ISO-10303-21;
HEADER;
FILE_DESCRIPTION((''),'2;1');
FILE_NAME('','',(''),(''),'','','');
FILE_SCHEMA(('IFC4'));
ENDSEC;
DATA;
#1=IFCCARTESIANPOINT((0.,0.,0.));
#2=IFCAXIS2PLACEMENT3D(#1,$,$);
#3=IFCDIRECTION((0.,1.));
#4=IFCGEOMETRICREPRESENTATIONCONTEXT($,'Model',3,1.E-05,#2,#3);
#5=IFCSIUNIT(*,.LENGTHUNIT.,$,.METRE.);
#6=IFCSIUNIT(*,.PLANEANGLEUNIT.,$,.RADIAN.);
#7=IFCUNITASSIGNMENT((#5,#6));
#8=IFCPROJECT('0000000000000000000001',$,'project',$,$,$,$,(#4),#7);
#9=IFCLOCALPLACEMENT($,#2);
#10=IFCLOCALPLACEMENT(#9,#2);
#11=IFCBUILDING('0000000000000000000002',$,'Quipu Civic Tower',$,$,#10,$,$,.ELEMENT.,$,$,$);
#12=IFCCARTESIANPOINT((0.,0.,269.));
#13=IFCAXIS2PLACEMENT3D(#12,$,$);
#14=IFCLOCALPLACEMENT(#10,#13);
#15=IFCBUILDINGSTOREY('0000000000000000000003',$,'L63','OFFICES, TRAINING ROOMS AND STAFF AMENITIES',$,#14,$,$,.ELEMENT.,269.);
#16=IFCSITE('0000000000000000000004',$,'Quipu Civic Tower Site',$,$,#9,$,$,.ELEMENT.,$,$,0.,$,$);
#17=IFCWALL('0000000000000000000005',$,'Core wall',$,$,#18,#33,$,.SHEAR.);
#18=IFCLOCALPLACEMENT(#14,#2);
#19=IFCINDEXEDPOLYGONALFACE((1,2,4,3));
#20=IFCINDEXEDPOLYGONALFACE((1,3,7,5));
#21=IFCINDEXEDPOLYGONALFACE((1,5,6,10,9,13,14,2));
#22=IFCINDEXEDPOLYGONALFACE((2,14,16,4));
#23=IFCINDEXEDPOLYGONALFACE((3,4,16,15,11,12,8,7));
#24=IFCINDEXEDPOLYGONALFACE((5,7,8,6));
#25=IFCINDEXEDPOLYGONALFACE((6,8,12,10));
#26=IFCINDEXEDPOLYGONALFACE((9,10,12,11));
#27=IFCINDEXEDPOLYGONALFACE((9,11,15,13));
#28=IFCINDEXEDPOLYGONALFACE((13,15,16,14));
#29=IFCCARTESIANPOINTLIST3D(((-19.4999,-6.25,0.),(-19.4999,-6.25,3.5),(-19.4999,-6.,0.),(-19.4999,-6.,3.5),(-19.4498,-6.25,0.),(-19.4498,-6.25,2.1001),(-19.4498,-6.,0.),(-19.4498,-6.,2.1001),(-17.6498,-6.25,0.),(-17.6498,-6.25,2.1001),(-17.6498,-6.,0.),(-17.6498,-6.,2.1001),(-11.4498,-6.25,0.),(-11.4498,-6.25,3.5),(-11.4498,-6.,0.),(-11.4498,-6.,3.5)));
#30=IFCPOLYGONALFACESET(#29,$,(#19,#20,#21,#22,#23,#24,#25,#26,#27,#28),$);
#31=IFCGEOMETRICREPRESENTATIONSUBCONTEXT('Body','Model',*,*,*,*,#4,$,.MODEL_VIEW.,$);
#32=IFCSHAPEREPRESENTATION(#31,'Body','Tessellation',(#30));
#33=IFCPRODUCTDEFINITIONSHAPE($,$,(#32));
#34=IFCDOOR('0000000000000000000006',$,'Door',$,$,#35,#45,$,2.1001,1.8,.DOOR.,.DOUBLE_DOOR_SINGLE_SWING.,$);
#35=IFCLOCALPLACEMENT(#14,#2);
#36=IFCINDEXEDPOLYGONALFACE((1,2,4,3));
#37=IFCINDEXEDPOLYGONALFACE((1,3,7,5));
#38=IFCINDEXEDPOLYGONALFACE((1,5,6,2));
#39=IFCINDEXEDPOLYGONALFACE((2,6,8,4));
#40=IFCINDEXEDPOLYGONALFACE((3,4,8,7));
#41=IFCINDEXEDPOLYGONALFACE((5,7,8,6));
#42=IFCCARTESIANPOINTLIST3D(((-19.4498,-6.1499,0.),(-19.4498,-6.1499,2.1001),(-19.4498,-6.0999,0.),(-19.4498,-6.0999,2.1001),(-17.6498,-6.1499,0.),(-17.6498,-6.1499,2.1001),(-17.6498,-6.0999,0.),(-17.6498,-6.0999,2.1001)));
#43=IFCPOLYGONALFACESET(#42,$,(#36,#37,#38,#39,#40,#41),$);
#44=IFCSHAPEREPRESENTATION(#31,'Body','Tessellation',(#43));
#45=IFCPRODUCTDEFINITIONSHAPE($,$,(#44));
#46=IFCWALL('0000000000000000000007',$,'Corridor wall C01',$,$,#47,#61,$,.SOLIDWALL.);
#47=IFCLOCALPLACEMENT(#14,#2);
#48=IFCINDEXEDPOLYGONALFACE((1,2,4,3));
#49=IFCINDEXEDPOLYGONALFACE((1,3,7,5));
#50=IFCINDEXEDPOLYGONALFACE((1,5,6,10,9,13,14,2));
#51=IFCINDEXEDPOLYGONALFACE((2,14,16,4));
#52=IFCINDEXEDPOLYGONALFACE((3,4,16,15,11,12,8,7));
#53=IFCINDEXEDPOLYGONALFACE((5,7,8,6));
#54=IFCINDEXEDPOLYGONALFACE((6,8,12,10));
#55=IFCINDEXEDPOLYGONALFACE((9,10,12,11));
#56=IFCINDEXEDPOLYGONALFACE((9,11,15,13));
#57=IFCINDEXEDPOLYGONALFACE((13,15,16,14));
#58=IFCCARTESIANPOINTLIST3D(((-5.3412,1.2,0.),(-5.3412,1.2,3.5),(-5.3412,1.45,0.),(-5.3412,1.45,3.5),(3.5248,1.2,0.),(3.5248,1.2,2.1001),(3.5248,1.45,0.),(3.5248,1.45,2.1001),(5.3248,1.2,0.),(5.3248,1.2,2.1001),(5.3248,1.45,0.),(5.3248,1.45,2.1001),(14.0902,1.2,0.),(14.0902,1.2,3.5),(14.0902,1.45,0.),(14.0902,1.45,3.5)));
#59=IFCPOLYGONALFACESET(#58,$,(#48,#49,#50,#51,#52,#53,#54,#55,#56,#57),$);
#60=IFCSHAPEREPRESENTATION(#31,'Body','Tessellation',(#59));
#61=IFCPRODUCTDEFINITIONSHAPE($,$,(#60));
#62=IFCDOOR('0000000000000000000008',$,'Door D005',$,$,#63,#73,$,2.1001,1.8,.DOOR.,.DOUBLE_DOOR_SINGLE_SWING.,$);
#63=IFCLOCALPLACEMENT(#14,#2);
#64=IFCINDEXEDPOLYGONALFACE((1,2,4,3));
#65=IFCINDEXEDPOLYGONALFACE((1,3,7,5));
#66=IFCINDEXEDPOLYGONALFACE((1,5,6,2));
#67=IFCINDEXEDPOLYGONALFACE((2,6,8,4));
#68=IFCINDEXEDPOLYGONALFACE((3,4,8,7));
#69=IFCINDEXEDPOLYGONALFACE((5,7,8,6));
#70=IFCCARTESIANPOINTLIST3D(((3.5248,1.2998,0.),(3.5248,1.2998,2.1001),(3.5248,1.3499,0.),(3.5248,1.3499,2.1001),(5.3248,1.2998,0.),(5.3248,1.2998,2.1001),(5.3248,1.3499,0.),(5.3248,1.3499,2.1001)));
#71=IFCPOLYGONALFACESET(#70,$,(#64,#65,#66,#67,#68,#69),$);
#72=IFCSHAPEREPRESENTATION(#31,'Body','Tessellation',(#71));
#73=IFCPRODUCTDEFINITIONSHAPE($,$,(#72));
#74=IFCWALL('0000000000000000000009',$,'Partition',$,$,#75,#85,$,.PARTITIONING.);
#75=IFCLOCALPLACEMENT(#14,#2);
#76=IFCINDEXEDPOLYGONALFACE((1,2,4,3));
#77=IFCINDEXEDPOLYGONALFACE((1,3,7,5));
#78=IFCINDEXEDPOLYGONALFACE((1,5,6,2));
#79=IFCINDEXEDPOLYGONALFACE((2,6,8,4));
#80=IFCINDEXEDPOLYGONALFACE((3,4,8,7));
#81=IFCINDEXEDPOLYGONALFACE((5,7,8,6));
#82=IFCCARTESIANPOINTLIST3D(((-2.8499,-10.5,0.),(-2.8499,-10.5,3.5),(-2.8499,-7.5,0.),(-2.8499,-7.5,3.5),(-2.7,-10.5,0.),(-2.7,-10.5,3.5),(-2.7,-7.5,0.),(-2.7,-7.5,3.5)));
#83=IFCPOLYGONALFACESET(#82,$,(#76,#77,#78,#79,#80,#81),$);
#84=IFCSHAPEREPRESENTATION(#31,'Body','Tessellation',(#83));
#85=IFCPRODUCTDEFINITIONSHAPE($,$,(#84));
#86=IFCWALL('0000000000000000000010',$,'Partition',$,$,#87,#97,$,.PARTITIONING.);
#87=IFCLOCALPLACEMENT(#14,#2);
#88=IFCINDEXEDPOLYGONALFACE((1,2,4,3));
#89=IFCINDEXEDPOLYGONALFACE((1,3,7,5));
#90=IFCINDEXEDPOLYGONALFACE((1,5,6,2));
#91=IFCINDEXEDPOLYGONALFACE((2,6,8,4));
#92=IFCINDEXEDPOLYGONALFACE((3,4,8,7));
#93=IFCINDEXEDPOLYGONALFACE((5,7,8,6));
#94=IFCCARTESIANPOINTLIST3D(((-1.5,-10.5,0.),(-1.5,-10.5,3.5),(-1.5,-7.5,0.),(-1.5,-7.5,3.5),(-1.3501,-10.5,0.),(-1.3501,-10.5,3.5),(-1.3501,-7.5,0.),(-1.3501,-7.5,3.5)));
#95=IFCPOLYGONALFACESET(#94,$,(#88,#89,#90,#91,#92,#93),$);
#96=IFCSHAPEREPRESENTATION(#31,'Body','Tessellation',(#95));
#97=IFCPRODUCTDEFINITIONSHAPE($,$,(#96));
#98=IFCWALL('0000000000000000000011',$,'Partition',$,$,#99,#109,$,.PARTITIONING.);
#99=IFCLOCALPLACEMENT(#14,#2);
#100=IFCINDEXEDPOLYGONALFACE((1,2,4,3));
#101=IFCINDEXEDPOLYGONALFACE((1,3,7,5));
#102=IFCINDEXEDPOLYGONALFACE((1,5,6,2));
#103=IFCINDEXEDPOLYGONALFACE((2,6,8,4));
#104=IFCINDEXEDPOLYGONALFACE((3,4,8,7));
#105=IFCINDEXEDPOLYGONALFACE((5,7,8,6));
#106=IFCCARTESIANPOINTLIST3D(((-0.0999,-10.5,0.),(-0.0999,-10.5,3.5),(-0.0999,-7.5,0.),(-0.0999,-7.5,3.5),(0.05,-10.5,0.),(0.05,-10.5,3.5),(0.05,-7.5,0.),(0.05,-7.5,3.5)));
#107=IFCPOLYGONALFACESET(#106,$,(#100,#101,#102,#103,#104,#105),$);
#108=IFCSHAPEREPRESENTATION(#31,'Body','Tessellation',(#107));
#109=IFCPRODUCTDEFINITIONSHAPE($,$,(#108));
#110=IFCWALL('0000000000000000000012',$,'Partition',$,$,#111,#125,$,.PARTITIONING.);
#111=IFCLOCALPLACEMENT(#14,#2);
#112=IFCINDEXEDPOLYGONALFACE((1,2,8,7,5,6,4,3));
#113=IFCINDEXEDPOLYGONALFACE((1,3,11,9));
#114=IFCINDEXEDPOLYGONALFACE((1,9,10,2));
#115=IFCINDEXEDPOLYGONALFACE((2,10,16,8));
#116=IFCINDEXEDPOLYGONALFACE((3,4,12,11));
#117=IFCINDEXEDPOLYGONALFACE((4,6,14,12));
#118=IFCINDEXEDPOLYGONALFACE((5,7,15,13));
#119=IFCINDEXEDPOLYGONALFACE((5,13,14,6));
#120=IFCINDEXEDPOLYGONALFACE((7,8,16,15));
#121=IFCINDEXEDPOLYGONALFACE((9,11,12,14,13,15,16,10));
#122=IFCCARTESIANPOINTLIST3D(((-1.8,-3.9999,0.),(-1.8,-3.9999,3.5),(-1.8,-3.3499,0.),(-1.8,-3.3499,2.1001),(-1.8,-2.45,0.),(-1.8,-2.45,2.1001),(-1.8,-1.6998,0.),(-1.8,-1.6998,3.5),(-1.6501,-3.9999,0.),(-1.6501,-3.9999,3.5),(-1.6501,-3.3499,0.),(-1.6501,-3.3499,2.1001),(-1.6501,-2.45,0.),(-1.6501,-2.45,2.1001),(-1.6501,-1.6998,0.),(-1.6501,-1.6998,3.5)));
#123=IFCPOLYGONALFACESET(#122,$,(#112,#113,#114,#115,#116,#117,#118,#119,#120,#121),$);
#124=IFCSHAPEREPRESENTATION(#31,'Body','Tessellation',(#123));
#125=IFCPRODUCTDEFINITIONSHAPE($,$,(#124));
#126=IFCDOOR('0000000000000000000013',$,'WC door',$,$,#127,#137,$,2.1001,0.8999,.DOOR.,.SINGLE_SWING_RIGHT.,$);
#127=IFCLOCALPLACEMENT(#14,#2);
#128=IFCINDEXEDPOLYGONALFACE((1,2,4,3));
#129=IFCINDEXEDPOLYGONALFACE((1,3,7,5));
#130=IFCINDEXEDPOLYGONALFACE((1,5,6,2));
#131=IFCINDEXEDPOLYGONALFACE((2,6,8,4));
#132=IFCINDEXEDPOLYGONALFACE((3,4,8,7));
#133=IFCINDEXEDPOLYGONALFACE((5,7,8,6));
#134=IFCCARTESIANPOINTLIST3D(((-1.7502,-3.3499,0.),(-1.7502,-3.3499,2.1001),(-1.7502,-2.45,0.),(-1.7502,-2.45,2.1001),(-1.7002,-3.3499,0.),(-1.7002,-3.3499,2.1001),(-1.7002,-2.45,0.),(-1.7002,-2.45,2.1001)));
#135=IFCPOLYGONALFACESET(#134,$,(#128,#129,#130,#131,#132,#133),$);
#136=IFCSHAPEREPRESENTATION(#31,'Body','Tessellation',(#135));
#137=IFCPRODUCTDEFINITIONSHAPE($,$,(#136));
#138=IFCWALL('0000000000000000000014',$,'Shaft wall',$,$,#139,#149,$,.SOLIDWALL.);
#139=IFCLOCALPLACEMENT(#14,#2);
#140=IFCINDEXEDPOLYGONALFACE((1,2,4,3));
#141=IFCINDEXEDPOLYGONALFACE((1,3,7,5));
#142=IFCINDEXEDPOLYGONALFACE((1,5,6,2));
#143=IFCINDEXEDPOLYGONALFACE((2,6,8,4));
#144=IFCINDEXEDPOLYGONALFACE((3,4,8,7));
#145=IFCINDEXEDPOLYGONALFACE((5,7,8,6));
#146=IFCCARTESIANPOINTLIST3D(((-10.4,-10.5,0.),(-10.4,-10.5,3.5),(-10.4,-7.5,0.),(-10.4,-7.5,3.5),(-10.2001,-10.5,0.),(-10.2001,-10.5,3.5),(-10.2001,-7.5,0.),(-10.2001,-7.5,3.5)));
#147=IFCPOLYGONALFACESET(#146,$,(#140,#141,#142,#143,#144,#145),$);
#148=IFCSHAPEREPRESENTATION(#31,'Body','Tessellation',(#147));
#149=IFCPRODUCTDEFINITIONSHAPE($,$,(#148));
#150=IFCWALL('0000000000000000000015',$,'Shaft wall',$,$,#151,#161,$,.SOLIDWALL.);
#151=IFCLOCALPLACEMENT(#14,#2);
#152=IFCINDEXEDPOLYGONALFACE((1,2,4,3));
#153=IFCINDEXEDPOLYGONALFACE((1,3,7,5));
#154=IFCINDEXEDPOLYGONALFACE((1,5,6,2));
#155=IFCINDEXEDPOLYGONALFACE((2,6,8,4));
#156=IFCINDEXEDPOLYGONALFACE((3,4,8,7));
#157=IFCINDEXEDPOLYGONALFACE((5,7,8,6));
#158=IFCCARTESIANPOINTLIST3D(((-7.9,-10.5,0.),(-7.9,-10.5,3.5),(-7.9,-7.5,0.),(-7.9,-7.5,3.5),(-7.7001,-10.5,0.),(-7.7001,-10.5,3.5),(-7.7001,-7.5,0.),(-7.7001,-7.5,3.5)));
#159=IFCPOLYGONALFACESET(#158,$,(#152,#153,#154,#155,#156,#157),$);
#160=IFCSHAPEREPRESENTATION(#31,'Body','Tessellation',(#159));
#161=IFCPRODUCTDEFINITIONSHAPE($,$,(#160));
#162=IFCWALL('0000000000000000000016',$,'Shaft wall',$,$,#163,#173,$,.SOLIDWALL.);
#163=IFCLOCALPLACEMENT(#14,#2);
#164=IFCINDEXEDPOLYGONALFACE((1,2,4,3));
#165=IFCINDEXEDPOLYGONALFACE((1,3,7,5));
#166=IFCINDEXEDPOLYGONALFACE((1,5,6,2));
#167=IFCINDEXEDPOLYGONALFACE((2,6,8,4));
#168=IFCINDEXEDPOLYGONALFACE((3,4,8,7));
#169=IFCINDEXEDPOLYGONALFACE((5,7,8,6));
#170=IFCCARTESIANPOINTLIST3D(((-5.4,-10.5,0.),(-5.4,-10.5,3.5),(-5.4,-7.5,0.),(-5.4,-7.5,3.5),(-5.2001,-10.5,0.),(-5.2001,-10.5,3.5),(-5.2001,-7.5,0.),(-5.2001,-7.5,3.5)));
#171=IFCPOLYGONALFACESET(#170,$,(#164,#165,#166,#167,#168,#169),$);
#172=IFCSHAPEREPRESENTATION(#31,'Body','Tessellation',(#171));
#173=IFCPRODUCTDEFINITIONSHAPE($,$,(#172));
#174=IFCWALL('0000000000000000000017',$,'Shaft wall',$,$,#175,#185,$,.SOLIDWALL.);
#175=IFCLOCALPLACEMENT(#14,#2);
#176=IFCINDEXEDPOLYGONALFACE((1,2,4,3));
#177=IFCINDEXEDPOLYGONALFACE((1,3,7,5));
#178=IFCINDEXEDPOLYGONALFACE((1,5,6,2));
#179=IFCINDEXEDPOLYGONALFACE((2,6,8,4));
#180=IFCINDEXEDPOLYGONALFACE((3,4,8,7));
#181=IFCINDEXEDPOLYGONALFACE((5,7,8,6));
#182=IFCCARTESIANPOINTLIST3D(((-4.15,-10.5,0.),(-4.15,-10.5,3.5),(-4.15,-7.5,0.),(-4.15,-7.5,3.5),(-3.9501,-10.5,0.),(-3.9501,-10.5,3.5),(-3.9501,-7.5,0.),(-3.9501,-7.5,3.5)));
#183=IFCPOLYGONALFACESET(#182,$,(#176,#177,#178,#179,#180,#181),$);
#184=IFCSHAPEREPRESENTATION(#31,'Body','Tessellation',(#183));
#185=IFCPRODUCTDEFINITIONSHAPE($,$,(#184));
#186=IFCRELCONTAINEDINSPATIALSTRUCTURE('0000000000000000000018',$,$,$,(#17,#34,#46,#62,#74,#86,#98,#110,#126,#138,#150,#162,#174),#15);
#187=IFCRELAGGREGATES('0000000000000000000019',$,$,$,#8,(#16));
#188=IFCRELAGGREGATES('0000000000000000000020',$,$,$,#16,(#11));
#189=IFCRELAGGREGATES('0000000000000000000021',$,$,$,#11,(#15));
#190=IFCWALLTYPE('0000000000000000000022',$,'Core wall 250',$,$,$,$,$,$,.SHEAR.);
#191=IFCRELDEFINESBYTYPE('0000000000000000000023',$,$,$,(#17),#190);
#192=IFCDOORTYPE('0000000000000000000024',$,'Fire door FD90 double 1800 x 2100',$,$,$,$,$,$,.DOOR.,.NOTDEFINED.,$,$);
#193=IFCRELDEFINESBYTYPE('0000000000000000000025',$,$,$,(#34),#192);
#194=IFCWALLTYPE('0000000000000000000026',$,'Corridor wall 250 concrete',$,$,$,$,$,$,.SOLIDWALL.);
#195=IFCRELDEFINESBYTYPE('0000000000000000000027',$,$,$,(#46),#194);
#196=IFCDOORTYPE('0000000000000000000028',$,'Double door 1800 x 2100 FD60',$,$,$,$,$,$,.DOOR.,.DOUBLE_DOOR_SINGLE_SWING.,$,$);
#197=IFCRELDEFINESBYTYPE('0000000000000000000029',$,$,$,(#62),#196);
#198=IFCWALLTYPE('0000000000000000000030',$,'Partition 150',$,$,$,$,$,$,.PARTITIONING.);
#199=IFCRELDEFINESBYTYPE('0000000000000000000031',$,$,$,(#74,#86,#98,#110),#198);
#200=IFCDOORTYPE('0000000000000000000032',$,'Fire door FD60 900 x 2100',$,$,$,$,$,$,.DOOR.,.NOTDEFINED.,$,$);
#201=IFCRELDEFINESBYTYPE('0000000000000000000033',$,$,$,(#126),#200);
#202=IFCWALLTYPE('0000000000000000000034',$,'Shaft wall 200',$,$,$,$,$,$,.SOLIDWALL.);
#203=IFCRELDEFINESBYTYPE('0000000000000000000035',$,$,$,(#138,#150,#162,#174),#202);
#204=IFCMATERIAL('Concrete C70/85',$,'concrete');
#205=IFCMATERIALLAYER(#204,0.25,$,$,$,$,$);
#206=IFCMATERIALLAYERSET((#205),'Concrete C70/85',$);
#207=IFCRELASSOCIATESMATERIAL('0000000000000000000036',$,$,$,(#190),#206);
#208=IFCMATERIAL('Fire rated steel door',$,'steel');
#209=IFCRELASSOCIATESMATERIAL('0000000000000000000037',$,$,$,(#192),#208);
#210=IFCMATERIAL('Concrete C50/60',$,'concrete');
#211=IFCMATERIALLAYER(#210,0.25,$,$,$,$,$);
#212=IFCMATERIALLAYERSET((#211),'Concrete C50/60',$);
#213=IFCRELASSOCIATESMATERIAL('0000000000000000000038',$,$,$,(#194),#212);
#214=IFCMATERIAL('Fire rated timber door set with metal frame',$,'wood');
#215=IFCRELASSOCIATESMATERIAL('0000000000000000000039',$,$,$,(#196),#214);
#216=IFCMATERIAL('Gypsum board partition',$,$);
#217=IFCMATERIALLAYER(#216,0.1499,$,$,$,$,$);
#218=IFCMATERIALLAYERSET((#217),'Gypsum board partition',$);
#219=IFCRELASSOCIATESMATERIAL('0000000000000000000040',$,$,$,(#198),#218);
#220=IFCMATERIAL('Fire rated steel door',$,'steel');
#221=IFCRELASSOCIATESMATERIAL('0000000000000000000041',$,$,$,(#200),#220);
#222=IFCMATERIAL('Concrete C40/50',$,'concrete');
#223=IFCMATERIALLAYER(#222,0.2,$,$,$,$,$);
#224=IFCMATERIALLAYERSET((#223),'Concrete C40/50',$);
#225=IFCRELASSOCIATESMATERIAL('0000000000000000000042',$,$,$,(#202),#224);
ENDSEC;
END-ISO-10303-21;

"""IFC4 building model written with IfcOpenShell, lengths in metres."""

from ifc_helpers import new_model, si_unit, direction, frame, frame_2d, origin, place, context, subcontext, project, spatial, rectangle, extrude, material, layer, layer_set, type_object, element, fill, save


model = new_model("IFC4")

# Units and contexts
model_context = context("Model", 3, precision=1e-05, world=origin(), true_north=direction((0.0, 1.0)))
body_context = subcontext(model_context, "Body", "Model", "MODEL_VIEW")
ifc_project = project(units=[si_unit("LENGTHUNIT", "METRE"), si_unit("PLANEANGLEUNIT", "RADIAN")], contexts=[model_context])

# Site, building, storey
site_placement = place(None, origin())
site = spatial("IfcSite", under=ifc_project, at=site_placement, Name="Quipu Civic Tower Site", CompositionType="ELEMENT", RefElevation=0.0)
building_placement = place(site_placement, origin())
building = spatial("IfcBuilding", under=site, at=building_placement, Name="Quipu Civic Tower", CompositionType="ELEMENT")
storey_placement = place(building_placement, frame((0.0, 0.0, 269.0)))
storey = spatial("IfcBuildingStorey", under=building, at=storey_placement, Name="L63", Description="OFFICES, TRAINING ROOMS AND STAFF AMENITIES", CompositionType="ELEMENT", Elevation=269.0)

# Walls, openings, doors
ifc_material_1 = material(Name="Concrete C70/85", Category="concrete")
ifc_layer_1 = layer(ifc_material_1, 0.25)
ifc_layer_set_1 = layer_set([ifc_layer_1], Name="Concrete C70/85")
wall_type_1 = type_object("IfcWallType", Name="Core wall 250", PredefinedType="SHEAR", material=ifc_layer_set_1)
wall_1_placement = place(storey_placement, frame((-11.45, -6.125, 0.0), z_axis=(0.0, 0.0, 1.0), x_axis=(-1.0, 0.0, 0.0)))
wall_1 = element("IfcWall", 1, at=wall_1_placement, inside=storey, type_object=wall_type_1, Name="Core wall", PredefinedType="SHEAR", context=body_context, shape_type="SweptSolid", body=[
    extrude(rectangle(XDim=8.05, YDim=0.25, at=frame_2d((4.0249, 0.0))), origin(), (0.0, 0.0, 1.0), 3.5),
])
opening_1_placement = place(wall_1_placement, frame((6.2, 0.0, 0.0)))
opening_1 = element("IfcOpeningElement", 2, at=opening_1_placement, cuts=wall_1, PredefinedType="OPENING", context=body_context, shape_type="SweptSolid", body=[
    extrude(rectangle(XDim=1.8, YDim=2.1001, at=frame_2d((0.8999, 1.05))), frame((0.0, 0.135, 0.0), z_axis=(0.0, -1.0, 0.0), x_axis=(1.0, 0.0, 0.0)), (0.0, 0.0, 1.0), 0.27),
])
ifc_material_2 = material(Name="Fire rated steel door", Category="steel")
door_type_1 = type_object("IfcDoorType", Name="Fire door FD90 double 1800 x 2100", OperationType="NOTDEFINED", PredefinedType="DOOR", material=ifc_material_2)
door_1_placement = place(opening_1_placement, origin())
door_1 = element("IfcDoor", 3, at=door_1_placement, inside=storey, type_object=door_type_1, Name="Door", OperationType="DOUBLE_DOOR_SINGLE_SWING", OverallHeight=2.1001, OverallWidth=1.8, PredefinedType="DOOR", context=body_context, shape_type="SweptSolid", body=[
    extrude(rectangle(XDim=1.8, YDim=2.1001, at=frame_2d((0.8999, 1.05))), frame((0.0, 0.0249, 0.0), z_axis=(0.0, -1.0, 0.0), x_axis=(1.0, 0.0, 0.0)), (0.0, 0.0, 1.0), 0.05),
])
fill(opening_1, door_1)
ifc_material_3 = material(Name="Concrete C50/60", Category="concrete")
ifc_layer_2 = layer(ifc_material_3, 0.25)
ifc_layer_set_2 = layer_set([ifc_layer_2], Name="Concrete C50/60")
wall_type_2 = type_object("IfcWallType", Name="Corridor wall 250 concrete", PredefinedType="SOLIDWALL", material=ifc_layer_set_2)
wall_2_placement = place(storey_placement, frame((-5.3413, 1.325, 0.0), z_axis=(0.0, 0.0, 1.0), x_axis=(1.0, 0.0, 0.0)))
wall_2 = element("IfcWall", 4, at=wall_2_placement, inside=storey, type_object=wall_type_2, Name="Corridor wall C01", PredefinedType="SOLIDWALL", context=body_context, shape_type="SweptSolid", body=[
    extrude(rectangle(XDim=19.4314, YDim=0.25, at=frame_2d((9.7158, 0.0))), origin(), (0.0, 0.0, 1.0), 3.5),
])
opening_2_placement = place(wall_2_placement, frame((8.8662, 0.0, 0.0)))
opening_2 = element("IfcOpeningElement", 5, at=opening_2_placement, cuts=wall_2, PredefinedType="OPENING", context=body_context, shape_type="SweptSolid", body=[
    extrude(rectangle(XDim=1.8, YDim=2.1001, at=frame_2d((0.8999, 1.05))), frame((0.0, 0.135, 0.0), z_axis=(0.0, -1.0, 0.0), x_axis=(1.0, 0.0, 0.0)), (0.0, 0.0, 1.0), 0.27),
])
ifc_material_4 = material(Name="Fire rated timber door set with metal frame", Category="wood")
door_type_2 = type_object("IfcDoorType", Name="Double door 1800 x 2100 FD60", OperationType="DOUBLE_DOOR_SINGLE_SWING", PredefinedType="DOOR", material=ifc_material_4)
door_2_placement = place(opening_2_placement, origin())
door_2 = element("IfcDoor", 6, at=door_2_placement, inside=storey, type_object=door_type_2, Name="Door D005", OperationType="DOUBLE_DOOR_SINGLE_SWING", OverallHeight=2.1001, OverallWidth=1.8, PredefinedType="DOOR", context=body_context, shape_type="SweptSolid", body=[
    extrude(rectangle(XDim=1.8, YDim=2.1001, at=frame_2d((0.8999, 1.05))), frame((0.0, 0.0249, 0.0), z_axis=(0.0, -1.0, 0.0), x_axis=(1.0, 0.0, 0.0)), (0.0, 0.0, 1.0), 0.05),
])
fill(opening_2, door_2)

# Walls
ifc_material_5 = material(Name="Gypsum board partition")
ifc_layer_3 = layer(ifc_material_5, 0.1499)
ifc_layer_set_3 = layer_set([ifc_layer_3], Name="Gypsum board partition")
wall_type_3 = type_object("IfcWallType", Name="Partition 150", PredefinedType="PARTITIONING", material=ifc_layer_set_3)
for number, where, z_axis, x_axis, name in (
    (7, (-2.7749, -10.5, 0.0), (0.0, 0.0, 1.0), (0.0, 1.0, 0.0), "Partition"),
    (8, (-1.425, -10.5, 0.0), (0.0, 0.0, 1.0), (0.0, 1.0, 0.0), "Partition"),
    (9, (-0.0249, -10.5, 0.0), (0.0, 0.0, 1.0), (0.0, 1.0, 0.0), "Partition"),
):
    element("IfcWall", number, at=place(storey_placement, frame(where, z_axis=z_axis, x_axis=x_axis)), inside=storey, type_object=wall_type_3, Name=name, PredefinedType="PARTITIONING", context=body_context, shape_type="SweptSolid", body=[
        extrude(rectangle(XDim=3.0, YDim=0.1499, at=frame_2d((1.5, 0.0))), origin(), (0.0, 0.0, 1.0), 3.5),
    ])

# Wall, opening, door
wall_3_placement = place(storey_placement, frame((-1.7251, -1.7, 0.0), z_axis=(0.0, 0.0, 1.0), x_axis=(0.0, -1.0, 0.0)))
wall_3 = element("IfcWall", 10, at=wall_3_placement, inside=storey, type_object=wall_type_3, Name="Partition", PredefinedType="PARTITIONING", context=body_context, shape_type="SweptSolid", body=[
    extrude(rectangle(XDim=2.3, YDim=0.1499, at=frame_2d((1.1499, 0.0))), origin(), (0.0, 0.0, 1.0), 3.5),
])
opening_3_placement = place(wall_3_placement, frame((0.75, 0.0, 0.0)))
opening_3 = element("IfcOpeningElement", 11, at=opening_3_placement, cuts=wall_3, PredefinedType="OPENING", context=body_context, shape_type="SweptSolid", body=[
    extrude(rectangle(XDim=0.8999, YDim=2.1001, at=frame_2d((0.45, 1.05))), frame((0.0, 0.085, 0.0), z_axis=(0.0, -1.0, 0.0), x_axis=(1.0, 0.0, 0.0)), (0.0, 0.0, 1.0), 0.1699),
])
ifc_material_6 = material(Name="Fire rated steel door", Category="steel")
door_type_3 = type_object("IfcDoorType", Name="Fire door FD60 900 x 2100", OperationType="NOTDEFINED", PredefinedType="DOOR", material=ifc_material_6)
door_3_placement = place(opening_3_placement, origin())
door_3 = element("IfcDoor", 12, at=door_3_placement, inside=storey, type_object=door_type_3, Name="WC door", OperationType="SINGLE_SWING_RIGHT", OverallHeight=2.1001, OverallWidth=0.8999, PredefinedType="DOOR", context=body_context, shape_type="SweptSolid", body=[
    extrude(rectangle(XDim=0.8999, YDim=2.1001, at=frame_2d((0.45, 1.05))), frame((0.0, 0.0249, 0.0), z_axis=(0.0, -1.0, 0.0), x_axis=(1.0, 0.0, 0.0)), (0.0, 0.0, 1.0), 0.05),
])
fill(opening_3, door_3)

# Walls
ifc_material_7 = material(Name="Concrete C40/50", Category="concrete")
ifc_layer_4 = layer(ifc_material_7, 0.2)
ifc_layer_set_4 = layer_set([ifc_layer_4], Name="Concrete C40/50")
wall_type_4 = type_object("IfcWallType", Name="Shaft wall 200", PredefinedType="SOLIDWALL", material=ifc_layer_set_4)
for number, where, z_axis, x_axis, name in (
    (13, (-10.3, -10.5, 0.0), (0.0, 0.0, 1.0), (0.0, 1.0, 0.0), "Shaft wall"),
    (14, (-7.8, -10.5, 0.0), (0.0, 0.0, 1.0), (0.0, 1.0, 0.0), "Shaft wall"),
    (15, (-5.3, -10.5, 0.0), (0.0, 0.0, 1.0), (0.0, 1.0, 0.0), "Shaft wall"),
    (16, (-4.05, -10.5, 0.0), (0.0, 0.0, 1.0), (0.0, 1.0, 0.0), "Shaft wall"),
):
    element("IfcWall", number, at=place(storey_placement, frame(where, z_axis=z_axis, x_axis=x_axis)), inside=storey, type_object=wall_type_4, Name=name, PredefinedType="SOLIDWALL", context=body_context, shape_type="SweptSolid", body=[
        extrude(rectangle(XDim=3.0, YDim=0.2, at=frame_2d((1.5, 0.0))), origin(), (0.0, 0.0, 1.0), 3.5),
    ])

save(model, "model.ifc")
